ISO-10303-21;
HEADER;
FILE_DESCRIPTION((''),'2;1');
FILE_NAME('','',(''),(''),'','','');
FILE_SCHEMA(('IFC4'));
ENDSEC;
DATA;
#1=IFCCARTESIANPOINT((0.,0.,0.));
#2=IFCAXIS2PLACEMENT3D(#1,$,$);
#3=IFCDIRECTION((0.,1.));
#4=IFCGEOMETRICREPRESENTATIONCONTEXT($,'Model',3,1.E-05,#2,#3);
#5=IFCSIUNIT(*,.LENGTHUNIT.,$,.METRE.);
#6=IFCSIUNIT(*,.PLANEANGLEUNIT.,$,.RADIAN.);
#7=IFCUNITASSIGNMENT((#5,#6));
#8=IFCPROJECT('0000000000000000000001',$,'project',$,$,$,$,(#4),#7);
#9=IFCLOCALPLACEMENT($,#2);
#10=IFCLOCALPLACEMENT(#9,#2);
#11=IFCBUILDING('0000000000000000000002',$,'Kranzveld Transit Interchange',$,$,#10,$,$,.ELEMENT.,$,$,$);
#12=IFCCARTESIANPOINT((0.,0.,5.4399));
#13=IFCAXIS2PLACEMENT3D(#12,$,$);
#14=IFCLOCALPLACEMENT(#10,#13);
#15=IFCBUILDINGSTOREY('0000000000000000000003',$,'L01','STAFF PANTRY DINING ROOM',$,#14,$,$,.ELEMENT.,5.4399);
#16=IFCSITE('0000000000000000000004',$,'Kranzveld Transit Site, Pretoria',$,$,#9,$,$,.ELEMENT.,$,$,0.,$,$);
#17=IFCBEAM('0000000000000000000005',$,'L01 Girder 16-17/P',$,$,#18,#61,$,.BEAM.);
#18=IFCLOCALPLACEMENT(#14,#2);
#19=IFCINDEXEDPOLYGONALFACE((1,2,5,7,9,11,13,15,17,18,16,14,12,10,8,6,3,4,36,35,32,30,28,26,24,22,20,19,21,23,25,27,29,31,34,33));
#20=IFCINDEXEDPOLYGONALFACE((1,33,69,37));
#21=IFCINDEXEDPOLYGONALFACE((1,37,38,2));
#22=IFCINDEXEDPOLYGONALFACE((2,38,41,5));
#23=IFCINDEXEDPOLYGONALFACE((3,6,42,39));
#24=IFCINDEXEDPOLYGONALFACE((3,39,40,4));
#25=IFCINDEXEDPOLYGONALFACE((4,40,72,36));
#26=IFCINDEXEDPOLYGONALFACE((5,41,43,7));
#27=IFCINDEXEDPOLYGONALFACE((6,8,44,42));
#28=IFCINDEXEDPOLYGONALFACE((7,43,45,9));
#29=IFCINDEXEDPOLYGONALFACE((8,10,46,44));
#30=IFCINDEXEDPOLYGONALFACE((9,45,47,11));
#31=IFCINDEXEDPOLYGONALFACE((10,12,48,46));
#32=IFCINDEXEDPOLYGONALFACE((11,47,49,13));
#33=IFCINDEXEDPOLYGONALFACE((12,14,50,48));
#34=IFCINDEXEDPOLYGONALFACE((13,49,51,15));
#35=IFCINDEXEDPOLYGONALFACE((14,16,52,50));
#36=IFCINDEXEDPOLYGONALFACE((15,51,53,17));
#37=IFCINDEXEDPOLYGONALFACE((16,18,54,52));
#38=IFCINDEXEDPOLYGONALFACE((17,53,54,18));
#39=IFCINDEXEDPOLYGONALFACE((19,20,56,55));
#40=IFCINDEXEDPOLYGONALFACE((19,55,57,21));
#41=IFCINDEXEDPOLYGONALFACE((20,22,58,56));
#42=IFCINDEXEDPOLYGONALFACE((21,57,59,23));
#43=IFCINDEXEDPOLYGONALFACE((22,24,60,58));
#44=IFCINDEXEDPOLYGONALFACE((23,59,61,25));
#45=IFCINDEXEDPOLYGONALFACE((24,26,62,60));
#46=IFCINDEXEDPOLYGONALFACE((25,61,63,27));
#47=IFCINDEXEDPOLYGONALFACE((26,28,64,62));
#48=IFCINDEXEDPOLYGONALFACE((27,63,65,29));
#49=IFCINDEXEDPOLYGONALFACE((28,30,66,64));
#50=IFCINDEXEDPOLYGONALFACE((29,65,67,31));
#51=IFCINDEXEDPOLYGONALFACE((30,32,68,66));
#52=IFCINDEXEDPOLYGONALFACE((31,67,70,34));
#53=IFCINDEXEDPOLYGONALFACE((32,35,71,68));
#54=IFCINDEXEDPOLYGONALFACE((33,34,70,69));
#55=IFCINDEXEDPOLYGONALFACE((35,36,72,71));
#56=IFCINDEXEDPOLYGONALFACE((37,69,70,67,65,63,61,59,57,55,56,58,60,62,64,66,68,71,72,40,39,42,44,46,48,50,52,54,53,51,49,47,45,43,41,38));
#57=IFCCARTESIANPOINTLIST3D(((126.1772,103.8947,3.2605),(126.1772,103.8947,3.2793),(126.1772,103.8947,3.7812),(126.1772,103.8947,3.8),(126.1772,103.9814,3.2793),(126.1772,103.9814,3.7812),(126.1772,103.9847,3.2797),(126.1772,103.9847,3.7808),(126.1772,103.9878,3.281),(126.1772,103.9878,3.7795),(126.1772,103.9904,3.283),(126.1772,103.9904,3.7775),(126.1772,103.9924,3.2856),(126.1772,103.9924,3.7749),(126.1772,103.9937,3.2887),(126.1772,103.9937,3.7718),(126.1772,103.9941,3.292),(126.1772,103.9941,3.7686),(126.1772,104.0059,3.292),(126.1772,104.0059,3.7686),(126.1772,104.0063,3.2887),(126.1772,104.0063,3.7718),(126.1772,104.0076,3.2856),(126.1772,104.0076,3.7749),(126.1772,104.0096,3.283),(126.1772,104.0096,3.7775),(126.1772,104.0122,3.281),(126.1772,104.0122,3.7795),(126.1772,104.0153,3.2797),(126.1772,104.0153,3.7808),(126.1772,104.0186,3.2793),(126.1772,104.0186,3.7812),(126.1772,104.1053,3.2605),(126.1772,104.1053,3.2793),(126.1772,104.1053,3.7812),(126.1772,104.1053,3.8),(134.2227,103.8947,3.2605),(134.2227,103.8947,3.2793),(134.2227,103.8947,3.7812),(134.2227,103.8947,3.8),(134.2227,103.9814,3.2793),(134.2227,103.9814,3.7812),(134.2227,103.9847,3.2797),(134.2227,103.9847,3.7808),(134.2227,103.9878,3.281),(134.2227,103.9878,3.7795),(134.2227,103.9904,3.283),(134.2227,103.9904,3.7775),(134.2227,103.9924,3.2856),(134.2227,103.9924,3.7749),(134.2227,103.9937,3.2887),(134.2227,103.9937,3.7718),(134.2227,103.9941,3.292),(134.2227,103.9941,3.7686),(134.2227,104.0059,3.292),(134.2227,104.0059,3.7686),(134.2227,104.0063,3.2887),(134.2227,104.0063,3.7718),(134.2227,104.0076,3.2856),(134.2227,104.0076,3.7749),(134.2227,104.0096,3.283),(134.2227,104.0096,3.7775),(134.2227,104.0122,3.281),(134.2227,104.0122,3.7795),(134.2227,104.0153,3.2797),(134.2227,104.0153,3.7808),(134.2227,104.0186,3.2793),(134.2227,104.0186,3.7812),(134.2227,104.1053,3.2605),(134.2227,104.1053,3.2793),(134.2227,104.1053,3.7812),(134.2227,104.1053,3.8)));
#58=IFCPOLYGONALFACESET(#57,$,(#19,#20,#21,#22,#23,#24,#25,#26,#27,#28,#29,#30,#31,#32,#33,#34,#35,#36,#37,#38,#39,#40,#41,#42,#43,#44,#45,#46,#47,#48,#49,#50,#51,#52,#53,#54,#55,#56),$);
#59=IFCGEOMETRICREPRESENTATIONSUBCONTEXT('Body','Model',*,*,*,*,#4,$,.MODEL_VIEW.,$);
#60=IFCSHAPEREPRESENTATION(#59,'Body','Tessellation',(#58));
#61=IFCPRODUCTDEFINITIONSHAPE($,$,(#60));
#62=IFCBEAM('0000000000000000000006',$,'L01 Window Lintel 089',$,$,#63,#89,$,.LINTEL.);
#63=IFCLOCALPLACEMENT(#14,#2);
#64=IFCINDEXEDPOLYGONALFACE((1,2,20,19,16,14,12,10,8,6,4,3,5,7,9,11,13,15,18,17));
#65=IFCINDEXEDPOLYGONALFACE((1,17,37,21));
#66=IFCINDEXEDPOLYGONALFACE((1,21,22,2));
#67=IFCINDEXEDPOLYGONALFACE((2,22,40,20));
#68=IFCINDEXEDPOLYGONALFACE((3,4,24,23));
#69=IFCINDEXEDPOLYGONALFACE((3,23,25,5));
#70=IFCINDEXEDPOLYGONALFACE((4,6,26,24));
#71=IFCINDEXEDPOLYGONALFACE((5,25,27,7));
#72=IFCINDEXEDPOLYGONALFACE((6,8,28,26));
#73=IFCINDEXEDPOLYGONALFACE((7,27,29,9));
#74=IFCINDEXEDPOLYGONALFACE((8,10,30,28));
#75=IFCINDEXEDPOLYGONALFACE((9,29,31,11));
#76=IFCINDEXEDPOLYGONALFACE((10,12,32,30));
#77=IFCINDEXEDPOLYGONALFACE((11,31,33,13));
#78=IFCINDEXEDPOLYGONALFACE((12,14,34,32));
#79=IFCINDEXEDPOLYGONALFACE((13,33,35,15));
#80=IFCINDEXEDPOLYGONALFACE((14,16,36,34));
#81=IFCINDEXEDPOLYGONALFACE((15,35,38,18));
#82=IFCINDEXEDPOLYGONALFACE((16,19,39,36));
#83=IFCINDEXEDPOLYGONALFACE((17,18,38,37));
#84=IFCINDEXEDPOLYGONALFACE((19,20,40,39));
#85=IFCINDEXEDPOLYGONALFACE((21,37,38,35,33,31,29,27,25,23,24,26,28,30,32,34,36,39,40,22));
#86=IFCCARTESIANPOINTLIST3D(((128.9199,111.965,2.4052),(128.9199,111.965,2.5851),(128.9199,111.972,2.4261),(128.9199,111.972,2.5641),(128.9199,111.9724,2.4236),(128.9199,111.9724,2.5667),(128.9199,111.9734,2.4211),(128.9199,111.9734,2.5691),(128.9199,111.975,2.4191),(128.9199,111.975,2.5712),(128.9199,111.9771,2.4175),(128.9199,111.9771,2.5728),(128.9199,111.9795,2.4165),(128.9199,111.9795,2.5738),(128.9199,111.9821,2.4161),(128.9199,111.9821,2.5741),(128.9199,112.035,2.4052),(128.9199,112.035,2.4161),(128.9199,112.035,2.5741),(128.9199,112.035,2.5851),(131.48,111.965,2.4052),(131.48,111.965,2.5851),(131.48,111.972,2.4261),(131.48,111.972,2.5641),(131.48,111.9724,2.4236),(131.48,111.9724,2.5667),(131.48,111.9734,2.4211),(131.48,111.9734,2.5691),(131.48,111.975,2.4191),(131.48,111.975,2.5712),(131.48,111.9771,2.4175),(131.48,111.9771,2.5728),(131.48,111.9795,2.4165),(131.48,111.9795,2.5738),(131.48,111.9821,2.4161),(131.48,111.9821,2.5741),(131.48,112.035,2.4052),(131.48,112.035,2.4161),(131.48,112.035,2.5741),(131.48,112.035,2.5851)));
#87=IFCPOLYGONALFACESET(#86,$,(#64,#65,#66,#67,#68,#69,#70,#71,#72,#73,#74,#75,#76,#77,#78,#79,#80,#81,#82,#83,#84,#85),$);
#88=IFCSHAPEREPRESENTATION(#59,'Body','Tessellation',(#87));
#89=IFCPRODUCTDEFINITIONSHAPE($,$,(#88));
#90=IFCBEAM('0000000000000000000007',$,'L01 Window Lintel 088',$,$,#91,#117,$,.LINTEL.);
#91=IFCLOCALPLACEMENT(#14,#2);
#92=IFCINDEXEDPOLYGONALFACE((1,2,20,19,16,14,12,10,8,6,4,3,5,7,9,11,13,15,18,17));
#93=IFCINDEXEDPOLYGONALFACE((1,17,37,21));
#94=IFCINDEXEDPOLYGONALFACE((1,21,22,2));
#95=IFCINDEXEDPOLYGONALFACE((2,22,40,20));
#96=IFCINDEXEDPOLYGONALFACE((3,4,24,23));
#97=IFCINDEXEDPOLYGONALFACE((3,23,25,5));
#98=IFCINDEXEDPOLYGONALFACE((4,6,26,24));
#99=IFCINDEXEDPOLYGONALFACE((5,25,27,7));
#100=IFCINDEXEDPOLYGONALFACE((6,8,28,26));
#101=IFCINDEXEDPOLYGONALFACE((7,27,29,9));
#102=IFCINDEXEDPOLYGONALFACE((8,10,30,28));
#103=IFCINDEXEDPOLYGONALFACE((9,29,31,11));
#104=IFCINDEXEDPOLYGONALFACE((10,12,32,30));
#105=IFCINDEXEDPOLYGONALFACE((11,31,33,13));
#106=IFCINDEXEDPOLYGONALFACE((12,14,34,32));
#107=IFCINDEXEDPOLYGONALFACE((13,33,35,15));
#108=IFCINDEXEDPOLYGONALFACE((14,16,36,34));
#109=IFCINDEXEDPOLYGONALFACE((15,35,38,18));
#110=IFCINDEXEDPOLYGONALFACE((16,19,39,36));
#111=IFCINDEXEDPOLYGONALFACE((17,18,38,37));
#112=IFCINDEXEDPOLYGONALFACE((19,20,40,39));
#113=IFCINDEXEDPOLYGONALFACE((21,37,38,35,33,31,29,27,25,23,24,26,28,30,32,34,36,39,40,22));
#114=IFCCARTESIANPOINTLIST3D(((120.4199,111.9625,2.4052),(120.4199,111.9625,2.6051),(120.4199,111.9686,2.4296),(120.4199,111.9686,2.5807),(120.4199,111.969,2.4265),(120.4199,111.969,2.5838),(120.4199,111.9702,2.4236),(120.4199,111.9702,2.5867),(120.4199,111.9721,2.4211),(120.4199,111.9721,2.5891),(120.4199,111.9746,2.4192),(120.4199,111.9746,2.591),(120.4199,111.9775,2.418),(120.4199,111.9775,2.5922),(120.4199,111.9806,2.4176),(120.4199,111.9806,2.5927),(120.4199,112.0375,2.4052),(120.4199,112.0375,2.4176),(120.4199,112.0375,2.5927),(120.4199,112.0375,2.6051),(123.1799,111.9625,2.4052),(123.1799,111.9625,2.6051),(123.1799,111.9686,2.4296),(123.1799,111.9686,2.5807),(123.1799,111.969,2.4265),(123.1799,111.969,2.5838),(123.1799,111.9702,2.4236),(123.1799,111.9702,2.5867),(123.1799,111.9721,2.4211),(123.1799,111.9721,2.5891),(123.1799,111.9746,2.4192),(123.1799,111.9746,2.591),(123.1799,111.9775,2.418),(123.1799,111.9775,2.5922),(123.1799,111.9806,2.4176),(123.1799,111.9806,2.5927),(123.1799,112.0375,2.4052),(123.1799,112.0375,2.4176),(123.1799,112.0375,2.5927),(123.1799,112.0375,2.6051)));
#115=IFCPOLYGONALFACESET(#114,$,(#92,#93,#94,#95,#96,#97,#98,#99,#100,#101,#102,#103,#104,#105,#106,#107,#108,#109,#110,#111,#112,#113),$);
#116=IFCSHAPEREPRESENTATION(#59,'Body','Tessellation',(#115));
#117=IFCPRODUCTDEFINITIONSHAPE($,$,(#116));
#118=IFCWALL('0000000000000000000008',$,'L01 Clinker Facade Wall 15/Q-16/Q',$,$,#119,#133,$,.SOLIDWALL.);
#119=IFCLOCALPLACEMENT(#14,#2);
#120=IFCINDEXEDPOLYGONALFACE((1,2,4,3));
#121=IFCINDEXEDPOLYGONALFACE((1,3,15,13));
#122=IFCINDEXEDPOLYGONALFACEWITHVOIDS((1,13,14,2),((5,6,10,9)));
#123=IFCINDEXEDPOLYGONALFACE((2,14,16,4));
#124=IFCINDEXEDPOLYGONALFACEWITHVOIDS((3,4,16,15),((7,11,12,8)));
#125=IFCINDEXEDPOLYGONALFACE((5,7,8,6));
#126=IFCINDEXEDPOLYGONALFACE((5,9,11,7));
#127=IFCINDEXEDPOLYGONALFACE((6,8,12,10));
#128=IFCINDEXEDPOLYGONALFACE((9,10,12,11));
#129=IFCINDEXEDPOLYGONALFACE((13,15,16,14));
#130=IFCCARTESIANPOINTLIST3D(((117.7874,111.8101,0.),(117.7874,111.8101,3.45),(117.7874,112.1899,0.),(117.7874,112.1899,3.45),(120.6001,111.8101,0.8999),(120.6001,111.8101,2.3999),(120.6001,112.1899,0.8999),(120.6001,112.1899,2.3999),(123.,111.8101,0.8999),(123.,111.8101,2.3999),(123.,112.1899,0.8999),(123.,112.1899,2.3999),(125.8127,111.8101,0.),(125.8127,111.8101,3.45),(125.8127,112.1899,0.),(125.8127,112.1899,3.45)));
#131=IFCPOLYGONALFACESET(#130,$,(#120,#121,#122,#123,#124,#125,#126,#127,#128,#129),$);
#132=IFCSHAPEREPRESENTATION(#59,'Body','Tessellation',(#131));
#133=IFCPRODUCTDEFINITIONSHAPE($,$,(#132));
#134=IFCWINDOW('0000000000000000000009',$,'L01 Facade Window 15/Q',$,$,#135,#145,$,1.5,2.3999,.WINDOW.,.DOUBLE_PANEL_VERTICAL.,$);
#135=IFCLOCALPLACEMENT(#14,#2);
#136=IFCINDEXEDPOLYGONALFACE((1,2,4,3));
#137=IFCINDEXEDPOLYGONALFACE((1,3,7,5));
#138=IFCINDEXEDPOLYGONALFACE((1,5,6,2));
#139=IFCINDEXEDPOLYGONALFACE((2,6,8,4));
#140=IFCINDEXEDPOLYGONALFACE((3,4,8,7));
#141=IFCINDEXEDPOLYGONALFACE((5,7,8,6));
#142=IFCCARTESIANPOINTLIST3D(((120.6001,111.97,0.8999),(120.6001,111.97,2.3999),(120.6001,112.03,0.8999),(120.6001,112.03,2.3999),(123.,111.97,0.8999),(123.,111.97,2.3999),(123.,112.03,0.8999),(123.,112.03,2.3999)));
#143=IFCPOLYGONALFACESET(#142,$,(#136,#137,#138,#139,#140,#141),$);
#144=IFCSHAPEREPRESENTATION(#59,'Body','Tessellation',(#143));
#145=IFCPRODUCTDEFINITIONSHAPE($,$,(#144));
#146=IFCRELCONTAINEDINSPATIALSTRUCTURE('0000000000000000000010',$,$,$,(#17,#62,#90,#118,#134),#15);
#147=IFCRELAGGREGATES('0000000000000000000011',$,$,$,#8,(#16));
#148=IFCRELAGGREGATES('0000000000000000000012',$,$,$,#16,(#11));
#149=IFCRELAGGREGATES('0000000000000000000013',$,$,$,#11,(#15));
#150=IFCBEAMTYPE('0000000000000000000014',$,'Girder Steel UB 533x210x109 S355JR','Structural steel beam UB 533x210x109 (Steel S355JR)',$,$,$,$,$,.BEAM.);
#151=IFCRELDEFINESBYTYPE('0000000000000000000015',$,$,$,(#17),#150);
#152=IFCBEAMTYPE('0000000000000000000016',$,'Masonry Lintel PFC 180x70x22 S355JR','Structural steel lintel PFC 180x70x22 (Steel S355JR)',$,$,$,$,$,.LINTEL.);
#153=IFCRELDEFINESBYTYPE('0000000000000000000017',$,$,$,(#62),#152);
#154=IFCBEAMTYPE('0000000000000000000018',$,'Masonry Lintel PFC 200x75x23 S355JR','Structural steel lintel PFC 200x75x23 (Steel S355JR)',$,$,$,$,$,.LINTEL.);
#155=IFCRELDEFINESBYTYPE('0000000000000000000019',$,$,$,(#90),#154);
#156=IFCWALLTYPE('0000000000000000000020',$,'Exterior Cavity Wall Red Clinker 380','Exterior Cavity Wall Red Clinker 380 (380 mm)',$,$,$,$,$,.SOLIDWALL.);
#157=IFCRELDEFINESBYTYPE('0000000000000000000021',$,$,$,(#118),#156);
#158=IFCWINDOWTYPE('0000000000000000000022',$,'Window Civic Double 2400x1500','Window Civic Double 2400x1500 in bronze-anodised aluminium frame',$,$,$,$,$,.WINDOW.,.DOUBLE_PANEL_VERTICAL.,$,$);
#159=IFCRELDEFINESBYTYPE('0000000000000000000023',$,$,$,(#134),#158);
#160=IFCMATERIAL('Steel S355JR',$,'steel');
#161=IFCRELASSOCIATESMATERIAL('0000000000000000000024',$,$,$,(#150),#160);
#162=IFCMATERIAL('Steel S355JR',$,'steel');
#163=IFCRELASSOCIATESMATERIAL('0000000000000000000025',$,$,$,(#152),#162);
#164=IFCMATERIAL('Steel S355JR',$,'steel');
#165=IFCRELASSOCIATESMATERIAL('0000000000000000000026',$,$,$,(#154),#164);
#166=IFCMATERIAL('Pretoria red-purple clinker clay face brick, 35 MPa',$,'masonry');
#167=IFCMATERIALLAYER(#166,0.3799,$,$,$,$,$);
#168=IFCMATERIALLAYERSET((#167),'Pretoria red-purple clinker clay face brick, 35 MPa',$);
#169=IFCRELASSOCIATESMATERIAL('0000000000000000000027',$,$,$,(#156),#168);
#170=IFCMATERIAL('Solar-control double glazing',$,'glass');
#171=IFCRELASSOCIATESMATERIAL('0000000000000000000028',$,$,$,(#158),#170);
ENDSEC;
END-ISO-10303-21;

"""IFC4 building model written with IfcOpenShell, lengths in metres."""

from ifc_helpers import new_model, si_unit, direction, frame, frame_2d, origin, origin_2d, place, context, subcontext, project, spatial, rectangle, i_section, u_section, extrude, material, layer, layer_set, material_profile, profile_set, type_object, element, fill, save


model = new_model("IFC4")

# Units and contexts
model_context = context("Model", 3, precision=1e-05, world=origin(), true_north=direction((0.0, 1.0)))
body_context = subcontext(model_context, "Body", "Model", "MODEL_VIEW")
ifc_project = project(units=[si_unit("LENGTHUNIT", "METRE"), si_unit("PLANEANGLEUNIT", "RADIAN")], contexts=[model_context])

# Site, building, storey
site_placement = place(None, origin())
site = spatial("IfcSite", under=ifc_project, at=site_placement, Name="Kranzveld Transit Site, Pretoria", CompositionType="ELEMENT", RefElevation=0.0)
building_placement = place(site_placement, origin())
building = spatial("IfcBuilding", under=site, at=building_placement, Name="Kranzveld Transit Interchange", CompositionType="ELEMENT")
storey_placement = place(building_placement, frame((0.0, 0.0, 5.4399)))
storey = spatial("IfcBuildingStorey", under=building, at=storey_placement, Name="L01", Description="STAFF PANTRY DINING ROOM", CompositionType="ELEMENT", Elevation=5.4399)

# Beams
ifc_material_1 = material(Name="Steel S355JR", Category="steel")
ifc_material_profile_1 = material_profile(ifc_material_1, i_section(OverallWidth=0.2107, OverallDepth=0.5396, WebThickness=0.0117, FlangeThickness=0.0188, FilletRadius=0.0127, at=origin_2d()), Name="UB 533x210x109")
ifc_profile_set_1 = profile_set([ifc_material_profile_1], Name="Steel S355JR")
beam_type_1 = type_object("IfcBeamType", Name="Girder Steel UB 533x210x109 S355JR", Description="Structural steel beam UB 533x210x109 (Steel S355JR)", PredefinedType="BEAM", material=ifc_profile_set_1)
for number, where, z_axis, x_axis, name in (
    (1, (126.1772, 104.0, 3.5303), (1.0, 0.0, 0.0), (0.0, 1.0, 0.0), "L01 Girder 16-17/P"),
):
    element("IfcBeam", number, at=place(storey_placement, frame(where, z_axis=z_axis, x_axis=x_axis)), inside=storey, type_object=beam_type_1, Name=name, PredefinedType="BEAM", context=body_context, shape_type="SweptSolid", body=[
        extrude(i_section(OverallWidth=0.2107, OverallDepth=0.5396, WebThickness=0.0117, FlangeThickness=0.0188, FilletRadius=0.0127, at=origin_2d()), origin(), (0.0, 0.0, 1.0), 8.0454),
    ])
ifc_material_2 = material(Name="Steel S355JR", Category="steel")
ifc_material_profile_2 = material_profile(ifc_material_2, u_section(Depth=0.1799, FlangeWidth=0.0701, WebThickness=0.0071, FlangeThickness=0.011, FilletRadius=0.01, at=origin_2d()), Name="PFC 180x70x22")
ifc_profile_set_2 = profile_set([ifc_material_profile_2], Name="Steel S355JR")
beam_type_2 = type_object("IfcBeamType", Name="Masonry Lintel PFC 180x70x22 S355JR", Description="Structural steel lintel PFC 180x70x22 (Steel S355JR)", PredefinedType="LINTEL", material=ifc_profile_set_2)
beam_1_placement = place(storey_placement, frame((128.9199, 112.0, 2.4951), z_axis=(1.0, 0.0, 0.0), x_axis=(0.0, 1.0, 0.0)))
element("IfcBeam", 2, at=beam_1_placement, inside=storey, type_object=beam_type_2, Name="L01 Window Lintel 089", PredefinedType="LINTEL", context=body_context, shape_type="SweptSolid", body=[
    extrude(u_section(Depth=0.1799, FlangeWidth=0.0701, WebThickness=0.0071, FlangeThickness=0.011, FilletRadius=0.01, at=origin_2d()), origin(), (0.0, 0.0, 1.0), 2.5601),
])
ifc_material_3 = material(Name="Steel S355JR", Category="steel")
ifc_material_profile_3 = material_profile(ifc_material_3, u_section(Depth=0.2, FlangeWidth=0.075, WebThickness=0.0061, FlangeThickness=0.0125, FilletRadius=0.012, at=origin_2d()), Name="PFC 200x75x23")
ifc_profile_set_3 = profile_set([ifc_material_profile_3], Name="Steel S355JR")
beam_type_3 = type_object("IfcBeamType", Name="Masonry Lintel PFC 200x75x23 S355JR", Description="Structural steel lintel PFC 200x75x23 (Steel S355JR)", PredefinedType="LINTEL", material=ifc_profile_set_3)
beam_2_placement = place(storey_placement, frame((120.4199, 112.0, 2.5051), z_axis=(1.0, 0.0, 0.0), x_axis=(0.0, 1.0, 0.0)))
element("IfcBeam", 3, at=beam_2_placement, inside=storey, type_object=beam_type_3, Name="L01 Window Lintel 088", PredefinedType="LINTEL", context=body_context, shape_type="SweptSolid", body=[
    extrude(u_section(Depth=0.2, FlangeWidth=0.075, WebThickness=0.0061, FlangeThickness=0.0125, FilletRadius=0.012, at=origin_2d()), origin(), (0.0, 0.0, 1.0), 2.76),
])

# Wall, opening, window
ifc_material_4 = material(Name="Pretoria red-purple clinker clay face brick, 35 MPa", Category="masonry")
ifc_layer_1 = layer(ifc_material_4, 0.3799)
ifc_layer_set_1 = layer_set([ifc_layer_1], Name="Pretoria red-purple clinker clay face brick, 35 MPa")
wall_type_1 = type_object("IfcWallType", Name="Exterior Cavity Wall Red Clinker 380", Description="Exterior Cavity Wall Red Clinker 380 (380 mm)", PredefinedType="SOLIDWALL", material=ifc_layer_set_1)
wall_1_placement = place(storey_placement, frame((117.7874, 112.0, 0.0), z_axis=(0.0, 0.0, 1.0), x_axis=(1.0, 0.0, 0.0)))
wall_1 = element("IfcWall", 4, at=wall_1_placement, inside=storey, type_object=wall_type_1, Name="L01 Clinker Facade Wall 15/Q-16/Q", PredefinedType="SOLIDWALL", context=body_context, shape_type="SweptSolid", body=[
    extrude(rectangle(XDim=8.0254, YDim=0.3799, at=frame_2d((4.0127, 0.0))), origin(), (0.0, 0.0, 1.0), 3.45),
])
opening_1_placement = place(wall_1_placement, frame((2.8127, 0.0, 0.8999), z_axis=(0.0, 0.0, 1.0), x_axis=(1.0, 0.0, 0.0)))
opening_1 = element("IfcOpeningElement", 5, at=opening_1_placement, cuts=wall_1, PredefinedType="OPENING", context=body_context, shape_type="SweptSolid", body=[
    extrude(rectangle(XDim=2.3999, YDim=1.5, at=frame_2d((1.2, 0.75))), frame((0.0, 0.2, 0.0), z_axis=(0.0, -1.0, 0.0), x_axis=(1.0, 0.0, 0.0)), (0.0, 0.0, 1.0), 0.3999),
])
ifc_material_5 = material(Name="Solar-control double glazing", Category="glass")
window_type_1 = type_object("IfcWindowType", Name="Window Civic Double 2400x1500", Description="Window Civic Double 2400x1500 in bronze-anodised aluminium frame", PartitioningType="DOUBLE_PANEL_VERTICAL", PredefinedType="WINDOW", material=ifc_material_5)
window_1_placement = place(opening_1_placement, origin())
window_1 = element("IfcWindow", 6, at=window_1_placement, inside=storey, type_object=window_type_1, Name="L01 Facade Window 15/Q", OverallHeight=1.5, OverallWidth=2.3999, PartitioningType="DOUBLE_PANEL_VERTICAL", PredefinedType="WINDOW", context=body_context, shape_type="SweptSolid", body=[
    extrude(rectangle(XDim=2.3999, YDim=1.5, at=frame_2d((1.2, 0.75))), frame((0.0, 0.03, 0.0), z_axis=(0.0, -1.0, 0.0), x_axis=(1.0, 0.0, 0.0)), (0.0, 0.0, 1.0), 0.0601),
])
fill(opening_1, window_1)

save(model, "model.ifc")
